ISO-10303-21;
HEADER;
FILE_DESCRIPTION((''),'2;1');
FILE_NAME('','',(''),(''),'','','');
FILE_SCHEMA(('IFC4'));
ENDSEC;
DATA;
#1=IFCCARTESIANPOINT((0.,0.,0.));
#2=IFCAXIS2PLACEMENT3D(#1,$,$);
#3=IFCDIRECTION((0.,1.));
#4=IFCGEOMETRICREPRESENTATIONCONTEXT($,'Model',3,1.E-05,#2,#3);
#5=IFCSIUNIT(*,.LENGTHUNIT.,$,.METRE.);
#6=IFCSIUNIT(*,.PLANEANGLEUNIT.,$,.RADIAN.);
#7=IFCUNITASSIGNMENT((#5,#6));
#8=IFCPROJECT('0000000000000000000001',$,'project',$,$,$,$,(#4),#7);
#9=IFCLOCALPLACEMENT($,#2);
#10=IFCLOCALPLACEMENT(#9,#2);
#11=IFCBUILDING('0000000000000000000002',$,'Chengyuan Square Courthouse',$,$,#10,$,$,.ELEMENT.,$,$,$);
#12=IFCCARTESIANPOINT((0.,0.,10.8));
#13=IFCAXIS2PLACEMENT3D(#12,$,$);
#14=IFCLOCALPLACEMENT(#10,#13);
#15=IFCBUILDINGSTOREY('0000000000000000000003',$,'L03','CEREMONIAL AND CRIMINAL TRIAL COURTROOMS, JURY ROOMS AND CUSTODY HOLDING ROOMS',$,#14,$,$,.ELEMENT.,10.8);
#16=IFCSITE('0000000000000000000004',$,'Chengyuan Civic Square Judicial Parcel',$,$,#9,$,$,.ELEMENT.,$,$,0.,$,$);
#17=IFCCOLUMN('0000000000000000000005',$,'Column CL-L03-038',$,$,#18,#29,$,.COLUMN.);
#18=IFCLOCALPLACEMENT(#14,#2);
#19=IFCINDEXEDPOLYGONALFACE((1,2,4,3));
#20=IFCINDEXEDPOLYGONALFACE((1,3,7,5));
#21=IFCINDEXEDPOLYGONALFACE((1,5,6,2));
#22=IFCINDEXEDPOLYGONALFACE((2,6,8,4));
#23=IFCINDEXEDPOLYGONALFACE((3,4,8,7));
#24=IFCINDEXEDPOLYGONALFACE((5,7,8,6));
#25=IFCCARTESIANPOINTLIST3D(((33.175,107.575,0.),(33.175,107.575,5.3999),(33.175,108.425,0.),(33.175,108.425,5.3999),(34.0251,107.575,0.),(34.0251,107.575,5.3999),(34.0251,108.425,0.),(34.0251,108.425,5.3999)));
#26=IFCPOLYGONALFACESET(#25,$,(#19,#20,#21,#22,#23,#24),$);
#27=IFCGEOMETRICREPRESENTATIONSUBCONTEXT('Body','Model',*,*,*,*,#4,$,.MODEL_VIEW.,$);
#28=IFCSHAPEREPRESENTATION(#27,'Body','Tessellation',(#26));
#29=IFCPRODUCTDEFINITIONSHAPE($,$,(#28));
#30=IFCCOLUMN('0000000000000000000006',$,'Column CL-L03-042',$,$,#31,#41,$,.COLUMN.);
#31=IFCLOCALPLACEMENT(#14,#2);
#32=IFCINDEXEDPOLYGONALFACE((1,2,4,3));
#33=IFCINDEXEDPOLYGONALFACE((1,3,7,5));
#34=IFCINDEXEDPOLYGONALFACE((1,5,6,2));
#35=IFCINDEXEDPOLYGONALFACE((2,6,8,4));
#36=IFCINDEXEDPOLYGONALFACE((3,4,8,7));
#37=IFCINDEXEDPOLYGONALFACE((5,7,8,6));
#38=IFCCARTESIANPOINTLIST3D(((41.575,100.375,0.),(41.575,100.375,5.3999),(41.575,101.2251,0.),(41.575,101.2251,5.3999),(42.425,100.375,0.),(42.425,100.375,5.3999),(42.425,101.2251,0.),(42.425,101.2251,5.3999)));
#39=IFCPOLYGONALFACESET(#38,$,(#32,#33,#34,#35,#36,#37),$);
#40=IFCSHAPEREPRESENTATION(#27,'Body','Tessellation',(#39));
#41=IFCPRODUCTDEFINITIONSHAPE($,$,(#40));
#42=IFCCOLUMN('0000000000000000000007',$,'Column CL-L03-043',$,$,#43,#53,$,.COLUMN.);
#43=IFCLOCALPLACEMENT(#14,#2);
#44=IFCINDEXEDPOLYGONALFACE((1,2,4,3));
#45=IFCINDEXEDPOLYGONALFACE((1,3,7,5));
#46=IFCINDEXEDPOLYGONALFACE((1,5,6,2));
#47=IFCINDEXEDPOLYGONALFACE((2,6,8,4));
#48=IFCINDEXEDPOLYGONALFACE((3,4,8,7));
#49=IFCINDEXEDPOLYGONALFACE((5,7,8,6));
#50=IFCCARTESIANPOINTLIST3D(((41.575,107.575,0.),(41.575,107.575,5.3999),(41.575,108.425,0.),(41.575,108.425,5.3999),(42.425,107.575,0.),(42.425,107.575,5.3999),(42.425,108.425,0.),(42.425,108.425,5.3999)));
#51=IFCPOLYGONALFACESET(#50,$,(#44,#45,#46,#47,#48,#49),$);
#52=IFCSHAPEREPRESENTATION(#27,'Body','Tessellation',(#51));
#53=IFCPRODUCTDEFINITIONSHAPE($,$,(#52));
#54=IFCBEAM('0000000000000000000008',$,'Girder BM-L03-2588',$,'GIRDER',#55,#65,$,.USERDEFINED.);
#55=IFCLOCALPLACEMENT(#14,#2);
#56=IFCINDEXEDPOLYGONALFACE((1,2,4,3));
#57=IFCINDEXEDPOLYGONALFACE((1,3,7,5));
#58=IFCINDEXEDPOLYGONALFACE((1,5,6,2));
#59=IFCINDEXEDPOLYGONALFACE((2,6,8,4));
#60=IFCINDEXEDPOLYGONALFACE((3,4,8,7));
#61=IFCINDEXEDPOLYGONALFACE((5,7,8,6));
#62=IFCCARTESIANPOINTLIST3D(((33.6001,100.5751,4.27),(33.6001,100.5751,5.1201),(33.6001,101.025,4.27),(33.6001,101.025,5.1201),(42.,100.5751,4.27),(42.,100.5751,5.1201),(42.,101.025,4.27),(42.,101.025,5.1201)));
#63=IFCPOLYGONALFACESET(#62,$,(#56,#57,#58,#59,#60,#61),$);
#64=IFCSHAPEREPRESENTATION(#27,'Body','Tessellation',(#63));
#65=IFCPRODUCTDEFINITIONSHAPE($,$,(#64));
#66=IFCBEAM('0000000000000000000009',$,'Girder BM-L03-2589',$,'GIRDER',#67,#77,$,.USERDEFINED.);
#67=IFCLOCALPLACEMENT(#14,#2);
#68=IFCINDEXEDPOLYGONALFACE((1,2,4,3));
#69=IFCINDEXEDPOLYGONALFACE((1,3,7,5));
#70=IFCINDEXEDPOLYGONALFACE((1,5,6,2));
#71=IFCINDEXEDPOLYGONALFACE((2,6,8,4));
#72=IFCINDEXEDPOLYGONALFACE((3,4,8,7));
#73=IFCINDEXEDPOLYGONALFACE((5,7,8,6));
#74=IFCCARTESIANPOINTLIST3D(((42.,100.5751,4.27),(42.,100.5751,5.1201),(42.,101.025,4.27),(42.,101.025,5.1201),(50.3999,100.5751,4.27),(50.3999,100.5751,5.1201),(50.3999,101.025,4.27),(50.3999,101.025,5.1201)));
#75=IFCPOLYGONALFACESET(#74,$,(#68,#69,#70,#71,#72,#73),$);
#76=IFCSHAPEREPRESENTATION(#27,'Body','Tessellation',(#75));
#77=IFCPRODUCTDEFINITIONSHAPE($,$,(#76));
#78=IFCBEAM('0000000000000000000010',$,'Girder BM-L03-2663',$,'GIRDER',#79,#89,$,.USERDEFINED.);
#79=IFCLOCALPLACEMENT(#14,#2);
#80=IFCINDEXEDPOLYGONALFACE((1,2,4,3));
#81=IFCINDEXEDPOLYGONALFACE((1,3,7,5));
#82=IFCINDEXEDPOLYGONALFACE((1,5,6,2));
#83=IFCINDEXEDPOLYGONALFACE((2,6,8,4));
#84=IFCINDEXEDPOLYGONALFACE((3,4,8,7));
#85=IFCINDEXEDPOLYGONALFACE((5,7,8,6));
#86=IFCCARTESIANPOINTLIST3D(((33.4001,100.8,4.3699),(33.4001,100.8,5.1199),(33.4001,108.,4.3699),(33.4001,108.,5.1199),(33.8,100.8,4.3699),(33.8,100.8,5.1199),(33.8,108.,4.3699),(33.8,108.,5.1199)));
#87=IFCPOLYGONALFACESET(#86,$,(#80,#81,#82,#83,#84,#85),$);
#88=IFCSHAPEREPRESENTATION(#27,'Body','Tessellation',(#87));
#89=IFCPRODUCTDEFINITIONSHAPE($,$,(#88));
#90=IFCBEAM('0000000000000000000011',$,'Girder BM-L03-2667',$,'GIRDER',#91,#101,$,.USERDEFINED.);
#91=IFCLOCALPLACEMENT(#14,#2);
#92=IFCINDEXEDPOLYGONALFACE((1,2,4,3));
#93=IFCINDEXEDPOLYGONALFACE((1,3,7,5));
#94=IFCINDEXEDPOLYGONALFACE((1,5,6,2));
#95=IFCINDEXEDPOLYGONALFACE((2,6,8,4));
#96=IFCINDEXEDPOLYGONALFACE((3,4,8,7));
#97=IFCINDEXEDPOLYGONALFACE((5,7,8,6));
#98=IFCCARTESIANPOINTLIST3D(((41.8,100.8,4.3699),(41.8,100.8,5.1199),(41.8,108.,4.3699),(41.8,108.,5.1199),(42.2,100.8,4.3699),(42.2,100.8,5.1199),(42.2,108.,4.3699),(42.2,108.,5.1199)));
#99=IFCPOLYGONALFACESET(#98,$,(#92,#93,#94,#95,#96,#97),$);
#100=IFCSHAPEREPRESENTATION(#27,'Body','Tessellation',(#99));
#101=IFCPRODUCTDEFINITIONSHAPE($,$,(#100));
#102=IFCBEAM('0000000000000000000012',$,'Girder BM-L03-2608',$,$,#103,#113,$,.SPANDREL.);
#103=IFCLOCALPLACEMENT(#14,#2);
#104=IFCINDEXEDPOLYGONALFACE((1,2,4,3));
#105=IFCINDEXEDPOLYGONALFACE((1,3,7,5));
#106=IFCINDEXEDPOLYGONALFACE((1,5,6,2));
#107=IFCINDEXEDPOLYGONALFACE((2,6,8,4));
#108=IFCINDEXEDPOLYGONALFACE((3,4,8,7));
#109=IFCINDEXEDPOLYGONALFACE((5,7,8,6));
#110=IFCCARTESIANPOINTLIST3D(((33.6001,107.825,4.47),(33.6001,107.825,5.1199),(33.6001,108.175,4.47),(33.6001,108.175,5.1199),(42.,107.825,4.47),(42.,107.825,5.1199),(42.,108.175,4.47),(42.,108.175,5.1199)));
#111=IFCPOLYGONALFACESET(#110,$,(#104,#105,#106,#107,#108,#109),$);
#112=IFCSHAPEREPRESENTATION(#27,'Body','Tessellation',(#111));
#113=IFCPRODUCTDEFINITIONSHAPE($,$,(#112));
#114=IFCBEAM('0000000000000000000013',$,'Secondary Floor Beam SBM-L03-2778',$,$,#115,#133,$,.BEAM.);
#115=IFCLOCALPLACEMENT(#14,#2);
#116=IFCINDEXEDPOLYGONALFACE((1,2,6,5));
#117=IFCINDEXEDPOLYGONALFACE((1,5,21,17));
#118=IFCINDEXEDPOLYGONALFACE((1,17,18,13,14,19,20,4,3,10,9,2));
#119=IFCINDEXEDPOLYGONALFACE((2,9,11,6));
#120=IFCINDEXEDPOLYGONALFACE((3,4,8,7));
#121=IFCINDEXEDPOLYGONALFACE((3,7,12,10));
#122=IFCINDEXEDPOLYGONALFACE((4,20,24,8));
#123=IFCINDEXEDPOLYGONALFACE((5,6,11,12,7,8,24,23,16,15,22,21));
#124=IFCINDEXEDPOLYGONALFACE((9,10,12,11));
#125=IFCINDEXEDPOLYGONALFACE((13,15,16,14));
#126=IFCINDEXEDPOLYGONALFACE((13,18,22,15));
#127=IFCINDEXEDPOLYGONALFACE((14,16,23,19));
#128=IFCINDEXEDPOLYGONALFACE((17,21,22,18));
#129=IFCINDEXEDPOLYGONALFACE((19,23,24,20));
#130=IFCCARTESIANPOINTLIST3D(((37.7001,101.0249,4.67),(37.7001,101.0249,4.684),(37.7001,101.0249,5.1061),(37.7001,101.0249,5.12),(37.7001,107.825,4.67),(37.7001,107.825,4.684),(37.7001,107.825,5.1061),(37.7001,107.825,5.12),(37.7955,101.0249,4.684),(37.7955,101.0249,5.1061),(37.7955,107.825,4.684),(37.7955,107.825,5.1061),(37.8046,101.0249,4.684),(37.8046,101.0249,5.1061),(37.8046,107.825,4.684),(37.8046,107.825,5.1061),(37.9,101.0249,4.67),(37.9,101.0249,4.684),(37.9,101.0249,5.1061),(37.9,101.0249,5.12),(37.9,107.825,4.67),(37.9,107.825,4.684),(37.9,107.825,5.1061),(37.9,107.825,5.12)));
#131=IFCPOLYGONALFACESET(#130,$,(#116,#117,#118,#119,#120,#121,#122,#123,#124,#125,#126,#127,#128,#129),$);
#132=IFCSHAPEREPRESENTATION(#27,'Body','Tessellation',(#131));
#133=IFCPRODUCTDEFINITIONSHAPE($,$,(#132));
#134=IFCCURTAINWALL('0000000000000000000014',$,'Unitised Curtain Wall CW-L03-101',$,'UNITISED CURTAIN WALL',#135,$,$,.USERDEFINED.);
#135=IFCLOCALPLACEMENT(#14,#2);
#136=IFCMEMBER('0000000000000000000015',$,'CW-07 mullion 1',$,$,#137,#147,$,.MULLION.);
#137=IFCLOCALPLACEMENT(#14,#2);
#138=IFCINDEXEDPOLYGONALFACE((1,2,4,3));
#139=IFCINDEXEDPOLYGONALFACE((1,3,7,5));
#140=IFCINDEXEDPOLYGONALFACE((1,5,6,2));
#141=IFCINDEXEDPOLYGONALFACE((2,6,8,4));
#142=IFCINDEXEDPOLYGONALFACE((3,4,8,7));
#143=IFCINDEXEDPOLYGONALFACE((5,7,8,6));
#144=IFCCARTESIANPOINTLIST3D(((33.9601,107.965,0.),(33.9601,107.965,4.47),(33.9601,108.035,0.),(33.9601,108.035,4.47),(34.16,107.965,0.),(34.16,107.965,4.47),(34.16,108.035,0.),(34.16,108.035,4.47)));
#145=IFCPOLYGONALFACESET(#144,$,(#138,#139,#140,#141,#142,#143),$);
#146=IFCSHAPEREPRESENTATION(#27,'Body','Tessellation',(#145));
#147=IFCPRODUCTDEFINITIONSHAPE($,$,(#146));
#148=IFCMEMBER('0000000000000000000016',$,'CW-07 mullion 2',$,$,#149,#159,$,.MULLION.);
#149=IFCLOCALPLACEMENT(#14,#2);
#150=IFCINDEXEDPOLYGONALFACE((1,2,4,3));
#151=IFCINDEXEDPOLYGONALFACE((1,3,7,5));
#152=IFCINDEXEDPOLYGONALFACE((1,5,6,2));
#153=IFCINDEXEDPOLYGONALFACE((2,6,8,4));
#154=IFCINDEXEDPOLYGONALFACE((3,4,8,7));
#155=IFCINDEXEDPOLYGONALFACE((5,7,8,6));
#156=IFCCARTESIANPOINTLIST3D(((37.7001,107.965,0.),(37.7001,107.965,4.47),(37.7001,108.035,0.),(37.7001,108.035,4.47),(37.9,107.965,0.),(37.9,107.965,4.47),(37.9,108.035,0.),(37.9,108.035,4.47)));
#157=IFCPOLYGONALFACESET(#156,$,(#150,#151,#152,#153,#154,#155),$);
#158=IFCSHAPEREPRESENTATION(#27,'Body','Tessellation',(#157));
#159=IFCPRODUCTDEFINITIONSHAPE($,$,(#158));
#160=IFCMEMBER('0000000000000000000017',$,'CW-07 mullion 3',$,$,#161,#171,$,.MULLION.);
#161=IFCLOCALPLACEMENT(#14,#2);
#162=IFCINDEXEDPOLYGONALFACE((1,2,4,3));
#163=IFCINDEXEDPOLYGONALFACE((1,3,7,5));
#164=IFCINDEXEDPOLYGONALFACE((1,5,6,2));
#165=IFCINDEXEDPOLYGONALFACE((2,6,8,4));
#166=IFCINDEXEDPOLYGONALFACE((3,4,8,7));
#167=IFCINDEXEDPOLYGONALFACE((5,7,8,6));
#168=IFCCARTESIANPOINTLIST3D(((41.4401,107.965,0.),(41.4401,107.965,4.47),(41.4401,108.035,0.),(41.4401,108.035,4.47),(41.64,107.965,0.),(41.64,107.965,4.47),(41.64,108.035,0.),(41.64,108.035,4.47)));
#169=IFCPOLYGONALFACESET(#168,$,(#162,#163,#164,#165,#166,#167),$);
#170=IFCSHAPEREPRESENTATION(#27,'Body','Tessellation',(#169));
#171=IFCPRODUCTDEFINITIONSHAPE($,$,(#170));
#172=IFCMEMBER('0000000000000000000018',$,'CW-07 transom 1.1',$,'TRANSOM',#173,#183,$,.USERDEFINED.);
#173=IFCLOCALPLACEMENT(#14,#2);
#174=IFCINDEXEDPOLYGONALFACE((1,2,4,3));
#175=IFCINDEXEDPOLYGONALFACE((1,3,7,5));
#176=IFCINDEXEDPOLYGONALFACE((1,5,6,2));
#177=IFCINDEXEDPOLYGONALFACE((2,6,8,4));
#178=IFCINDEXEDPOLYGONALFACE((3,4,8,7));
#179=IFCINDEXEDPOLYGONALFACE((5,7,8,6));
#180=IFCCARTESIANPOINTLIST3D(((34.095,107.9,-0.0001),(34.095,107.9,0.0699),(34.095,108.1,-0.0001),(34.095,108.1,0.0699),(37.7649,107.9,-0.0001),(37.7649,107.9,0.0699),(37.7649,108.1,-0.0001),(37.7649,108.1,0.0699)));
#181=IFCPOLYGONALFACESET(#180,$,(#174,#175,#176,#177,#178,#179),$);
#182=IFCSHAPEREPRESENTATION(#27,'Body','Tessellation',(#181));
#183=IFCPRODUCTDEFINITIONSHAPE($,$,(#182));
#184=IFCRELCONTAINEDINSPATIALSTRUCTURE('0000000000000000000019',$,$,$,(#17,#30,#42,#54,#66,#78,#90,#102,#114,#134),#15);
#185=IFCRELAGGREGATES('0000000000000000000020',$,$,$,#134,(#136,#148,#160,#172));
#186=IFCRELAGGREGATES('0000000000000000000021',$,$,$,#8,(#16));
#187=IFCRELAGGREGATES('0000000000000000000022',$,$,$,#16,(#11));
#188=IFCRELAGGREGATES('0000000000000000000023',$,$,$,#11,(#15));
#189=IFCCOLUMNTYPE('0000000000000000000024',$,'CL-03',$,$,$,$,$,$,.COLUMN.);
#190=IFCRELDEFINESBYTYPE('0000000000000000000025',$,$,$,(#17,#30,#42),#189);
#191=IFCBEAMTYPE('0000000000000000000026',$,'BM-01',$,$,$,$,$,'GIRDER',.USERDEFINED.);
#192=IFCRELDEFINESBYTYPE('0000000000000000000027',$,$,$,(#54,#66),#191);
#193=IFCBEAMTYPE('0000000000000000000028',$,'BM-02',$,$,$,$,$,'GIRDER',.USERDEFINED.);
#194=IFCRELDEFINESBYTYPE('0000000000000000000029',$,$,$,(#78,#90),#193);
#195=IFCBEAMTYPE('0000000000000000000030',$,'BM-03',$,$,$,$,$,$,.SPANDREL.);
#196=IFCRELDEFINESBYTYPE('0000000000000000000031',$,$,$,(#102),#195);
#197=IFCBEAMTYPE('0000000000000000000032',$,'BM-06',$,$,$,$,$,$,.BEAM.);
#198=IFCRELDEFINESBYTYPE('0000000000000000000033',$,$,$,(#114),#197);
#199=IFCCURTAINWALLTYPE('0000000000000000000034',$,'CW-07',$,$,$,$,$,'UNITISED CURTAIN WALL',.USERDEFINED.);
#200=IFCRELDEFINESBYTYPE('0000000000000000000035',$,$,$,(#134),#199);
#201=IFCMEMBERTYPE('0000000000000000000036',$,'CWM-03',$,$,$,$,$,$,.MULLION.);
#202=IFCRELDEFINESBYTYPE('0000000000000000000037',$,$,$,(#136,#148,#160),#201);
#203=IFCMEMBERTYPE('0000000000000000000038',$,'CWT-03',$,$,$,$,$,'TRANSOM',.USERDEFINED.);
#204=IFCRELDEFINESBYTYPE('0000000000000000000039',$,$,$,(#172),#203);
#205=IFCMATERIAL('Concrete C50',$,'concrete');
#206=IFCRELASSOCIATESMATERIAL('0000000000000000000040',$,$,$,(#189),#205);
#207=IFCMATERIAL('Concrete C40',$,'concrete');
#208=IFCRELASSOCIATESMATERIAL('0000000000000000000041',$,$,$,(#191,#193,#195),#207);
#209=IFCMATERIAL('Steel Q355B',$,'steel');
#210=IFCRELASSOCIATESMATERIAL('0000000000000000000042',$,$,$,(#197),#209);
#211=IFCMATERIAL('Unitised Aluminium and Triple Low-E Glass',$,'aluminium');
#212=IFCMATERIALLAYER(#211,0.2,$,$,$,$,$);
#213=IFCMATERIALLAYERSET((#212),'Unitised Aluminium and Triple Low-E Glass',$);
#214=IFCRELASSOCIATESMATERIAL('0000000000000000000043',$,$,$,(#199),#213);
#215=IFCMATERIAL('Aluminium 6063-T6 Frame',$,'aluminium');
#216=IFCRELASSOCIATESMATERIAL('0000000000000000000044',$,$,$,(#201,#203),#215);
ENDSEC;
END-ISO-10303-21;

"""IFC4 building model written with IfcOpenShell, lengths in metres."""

from ifc_helpers import new_model, si_unit, direction, frame, origin, origin_2d, place, context, subcontext, project, spatial, rectangle, i_section, extrude, material, layer, layer_set, material_profile, profile_set, type_object, element, aggregate, save


model = new_model("IFC4")

# Units and contexts
model_context = context("Model", 3, precision=1e-05, world=origin(), true_north=direction((0.0, 1.0)))
body_context = subcontext(model_context, "Body", "Model", "MODEL_VIEW")
ifc_project = project(units=[si_unit("LENGTHUNIT", "METRE"), si_unit("PLANEANGLEUNIT", "RADIAN")], contexts=[model_context])

# Site, building, storey
site_placement = place(None, origin())
site = spatial("IfcSite", under=ifc_project, at=site_placement, Name="Chengyuan Civic Square Judicial Parcel", CompositionType="ELEMENT", RefElevation=0.0)
building_placement = place(site_placement, origin())
building = spatial("IfcBuilding", under=site, at=building_placement, Name="Chengyuan Square Courthouse", CompositionType="ELEMENT")
storey_placement = place(building_placement, frame((0.0, 0.0, 10.8)))
storey = spatial("IfcBuildingStorey", under=building, at=storey_placement, Name="L03", Description="CEREMONIAL AND CRIMINAL TRIAL COURTROOMS, JURY ROOMS AND CUSTODY HOLDING ROOMS", CompositionType="ELEMENT", Elevation=10.8)

# Columns
ifc_material_1 = material(Name="Concrete C50", Category="concrete")
ifc_material_profile_1 = material_profile(ifc_material_1, rectangle(XDim=0.8501, YDim=0.8501, at=origin_2d()), Name="RC-COL-850x850")
ifc_profile_set_1 = profile_set([ifc_material_profile_1], Name="Concrete C50")
column_type = type_object("IfcColumnType", Name="CL-03", PredefinedType="COLUMN", material=ifc_profile_set_1)
for number, where, z_axis, x_axis, name in (
    (1, (33.6001, 108.0, 0.0), (0.0, 0.0, 1.0), (1.0, 0.0, 0.0), "Column CL-L03-038"),
    (2, (42.0, 100.8, 0.0), (0.0, 0.0, 1.0), (1.0, 0.0, 0.0), "Column CL-L03-042"),
    (3, (42.0, 108.0, 0.0), (0.0, 0.0, 1.0), (1.0, 0.0, 0.0), "Column CL-L03-043"),
):
    element("IfcColumn", number, at=place(storey_placement, frame(where, z_axis=z_axis, x_axis=x_axis)), inside=storey, type_object=column_type, Name=name, PredefinedType="COLUMN", context=body_context, shape_type="SweptSolid", body=[
        extrude(rectangle(XDim=0.8501, YDim=0.8501, at=origin_2d()), origin(), (0.0, 0.0, 1.0), 5.3999),
    ])

# Beams
ifc_material_2 = material(Name="Concrete C40", Category="concrete")
ifc_material_profile_2 = material_profile(ifc_material_2, rectangle(XDim=0.45, YDim=0.8501, at=origin_2d()), Name="RC-BM-450x850")
ifc_profile_set_2 = profile_set([ifc_material_profile_2], Name="Concrete C40")
beam_type_1 = type_object("IfcBeamType", Name="BM-01", ElementType="GIRDER", PredefinedType="USERDEFINED", material=ifc_profile_set_2)
for number, where, z_axis, x_axis, name in (
    (4, (33.6001, 100.8, 4.6951), (1.0, 0.0, 0.0), (0.0, 1.0, 0.0), "Girder BM-L03-2588"),
    (5, (42.0, 100.8, 4.6951), (1.0, 0.0, 0.0), (0.0, 1.0, 0.0), "Girder BM-L03-2589"),
):
    element("IfcBeam", number, at=place(storey_placement, frame(where, z_axis=z_axis, x_axis=x_axis)), inside=storey, type_object=beam_type_1, Name=name, ObjectType="GIRDER", PredefinedType="USERDEFINED", context=body_context, shape_type="SweptSolid", body=[
        extrude(rectangle(XDim=0.45, YDim=0.8501, at=origin_2d()), origin(), (0.0, 0.0, 1.0), 8.3999),
    ])
ifc_material_profile_3 = material_profile(ifc_material_2, rectangle(XDim=0.3999, YDim=0.75, at=origin_2d()), Name="RC-BM-400x750")
ifc_profile_set_3 = profile_set([ifc_material_profile_3], Name="Concrete C40")
beam_type_2 = type_object("IfcBeamType", Name="BM-02", ElementType="GIRDER", PredefinedType="USERDEFINED", material=ifc_profile_set_3)
for number, where, z_axis, x_axis, name in (
    (6, (33.6001, 100.8, 4.7449), (0.0, 1.0, 0.0), (-1.0, 0.0, 0.0), "Girder BM-L03-2663"),
    (7, (42.0, 100.8, 4.7449), (0.0, 1.0, 0.0), (-1.0, 0.0, 0.0), "Girder BM-L03-2667"),
):
    element("IfcBeam", number, at=place(storey_placement, frame(where, z_axis=z_axis, x_axis=x_axis)), inside=storey, type_object=beam_type_2, Name=name, ObjectType="GIRDER", PredefinedType="USERDEFINED", context=body_context, shape_type="SweptSolid", body=[
        extrude(rectangle(XDim=0.3999, YDim=0.75, at=origin_2d()), origin(), (0.0, 0.0, 1.0), 7.2),
    ])
ifc_material_profile_4 = material_profile(ifc_material_2, rectangle(XDim=0.3501, YDim=0.6499, at=origin_2d()), Name="RC-BM-350x650")
ifc_profile_set_4 = profile_set([ifc_material_profile_4], Name="Concrete C40")
beam_type_3 = type_object("IfcBeamType", Name="BM-03", PredefinedType="SPANDREL", material=ifc_profile_set_4)
beam_1_placement = place(storey_placement, frame((33.6001, 108.0, 4.7949), z_axis=(1.0, 0.0, 0.0), x_axis=(0.0, 1.0, 0.0)))
element("IfcBeam", 8, at=beam_1_placement, inside=storey, type_object=beam_type_3, Name="Girder BM-L03-2608", PredefinedType="SPANDREL", context=body_context, shape_type="SweptSolid", body=[
    extrude(rectangle(XDim=0.3501, YDim=0.6499, at=origin_2d()), origin(), (0.0, 0.0, 1.0), 8.3999),
])
ifc_material_3 = material(Name="Steel Q355B", Category="steel")
ifc_material_profile_5 = material_profile(ifc_material_3, i_section(OverallWidth=0.2, OverallDepth=0.45, WebThickness=0.009, FlangeThickness=0.0139, at=origin_2d()), Name="HN 450x200x9x14")
ifc_profile_set_5 = profile_set([ifc_material_profile_5], Name="Steel Q355B")
beam_type_4 = type_object("IfcBeamType", Name="BM-06", PredefinedType="BEAM", material=ifc_profile_set_5)
beam_2_placement = place(storey_placement, frame((37.8, 101.0249, 4.895), z_axis=(0.0, 1.0, 0.0), x_axis=(-1.0, 0.0, 0.0)))
element("IfcBeam", 9, at=beam_2_placement, inside=storey, type_object=beam_type_4, Name="Secondary Floor Beam SBM-L03-2778", PredefinedType="BEAM", context=body_context, shape_type="SweptSolid", body=[
    extrude(i_section(OverallWidth=0.2, OverallDepth=0.45, WebThickness=0.009, FlangeThickness=0.0139, at=origin_2d()), origin(), (0.0, 0.0, 1.0), 6.8),
])

# Curtain wall, members
ifc_material_4 = material(Name="Unitised Aluminium and Triple Low-E Glass", Category="aluminium")
ifc_layer_1 = layer(ifc_material_4, 0.2)
ifc_layer_set_1 = layer_set([ifc_layer_1], Name="Unitised Aluminium and Triple Low-E Glass")
curtain_wall_type = type_object("IfcCurtainWallType", Name="CW-07", ElementType="UNITISED CURTAIN WALL", PredefinedType="USERDEFINED", material=ifc_layer_set_1)
curtain_wall_placement = place(storey_placement, origin())
curtain_wall = element("IfcCurtainWall", 10, at=curtain_wall_placement, inside=storey, type_object=curtain_wall_type, Name="Unitised Curtain Wall CW-L03-101", ObjectType="UNITISED CURTAIN WALL", PredefinedType="USERDEFINED")
ifc_material_5 = material(Name="Aluminium 6063-T6 Frame", Category="aluminium")
ifc_material_profile_6 = material_profile(ifc_material_5, rectangle(XDim=0.0701, YDim=0.2, at=origin_2d()), Name="CW-MUL-70x200")
ifc_profile_set_6 = profile_set([ifc_material_profile_6], Name="Aluminium 6063-T6 Frame")
member_type_1 = type_object("IfcMemberType", Name="CWM-03", PredefinedType="MULLION", material=ifc_profile_set_6)
member_1_placement = place(storey_placement, frame((34.0601, 108.0, 0.0), z_axis=(0.0, 0.0, 1.0), x_axis=(0.0, 1.0, 0.0)))
member_1 = element("IfcMember", 11, at=member_1_placement, type_object=member_type_1, Name="CW-07 mullion 1", PredefinedType="MULLION", context=body_context, shape_type="SweptSolid", body=[
    extrude(rectangle(XDim=0.0701, YDim=0.2, at=origin_2d()), origin(), (0.0, 0.0, 1.0), 4.47),
])
member_2_placement = place(storey_placement, frame((37.8, 108.0, 0.0), z_axis=(0.0, 0.0, 1.0), x_axis=(0.0, 1.0, 0.0)))
member_2 = element("IfcMember", 12, at=member_2_placement, type_object=member_type_1, Name="CW-07 mullion 2", PredefinedType="MULLION", context=body_context, shape_type="SweptSolid", body=[
    extrude(rectangle(XDim=0.0701, YDim=0.2, at=origin_2d()), origin(), (0.0, 0.0, 1.0), 4.47),
])
member_3_placement = place(storey_placement, frame((41.54, 108.0, 0.0), z_axis=(0.0, 0.0, 1.0), x_axis=(0.0, 1.0, 0.0)))
member_3 = element("IfcMember", 13, at=member_3_placement, type_object=member_type_1, Name="CW-07 mullion 3", PredefinedType="MULLION", context=body_context, shape_type="SweptSolid", body=[
    extrude(rectangle(XDim=0.0701, YDim=0.2, at=origin_2d()), origin(), (0.0, 0.0, 1.0), 4.47),
])
ifc_material_profile_7 = material_profile(ifc_material_5, rectangle(XDim=0.2, YDim=0.0701, at=origin_2d()), Name="CW-TRN-70x160")
ifc_profile_set_7 = profile_set([ifc_material_profile_7], Name="Aluminium 6063-T6 Frame")
member_type_2 = type_object("IfcMemberType", Name="CWT-03", ElementType="TRANSOM", PredefinedType="USERDEFINED", material=ifc_profile_set_7)
member_4_placement = place(storey_placement, frame((34.095, 108.0, 0.0349), z_axis=(1.0, 0.0, 0.0), x_axis=(0.0, 1.0, 0.0)))
member_4 = element("IfcMember", 14, at=member_4_placement, type_object=member_type_2, Name="CW-07 transom 1.1", ObjectType="TRANSOM", PredefinedType="USERDEFINED", context=body_context, shape_type="SweptSolid", body=[
    extrude(rectangle(XDim=0.2, YDim=0.0701, at=origin_2d()), origin(), (0.0, 0.0, 1.0), 3.6699),
])
aggregate(curtain_wall, [member_1, member_2, member_3, member_4])

save(model, "model.ifc")
